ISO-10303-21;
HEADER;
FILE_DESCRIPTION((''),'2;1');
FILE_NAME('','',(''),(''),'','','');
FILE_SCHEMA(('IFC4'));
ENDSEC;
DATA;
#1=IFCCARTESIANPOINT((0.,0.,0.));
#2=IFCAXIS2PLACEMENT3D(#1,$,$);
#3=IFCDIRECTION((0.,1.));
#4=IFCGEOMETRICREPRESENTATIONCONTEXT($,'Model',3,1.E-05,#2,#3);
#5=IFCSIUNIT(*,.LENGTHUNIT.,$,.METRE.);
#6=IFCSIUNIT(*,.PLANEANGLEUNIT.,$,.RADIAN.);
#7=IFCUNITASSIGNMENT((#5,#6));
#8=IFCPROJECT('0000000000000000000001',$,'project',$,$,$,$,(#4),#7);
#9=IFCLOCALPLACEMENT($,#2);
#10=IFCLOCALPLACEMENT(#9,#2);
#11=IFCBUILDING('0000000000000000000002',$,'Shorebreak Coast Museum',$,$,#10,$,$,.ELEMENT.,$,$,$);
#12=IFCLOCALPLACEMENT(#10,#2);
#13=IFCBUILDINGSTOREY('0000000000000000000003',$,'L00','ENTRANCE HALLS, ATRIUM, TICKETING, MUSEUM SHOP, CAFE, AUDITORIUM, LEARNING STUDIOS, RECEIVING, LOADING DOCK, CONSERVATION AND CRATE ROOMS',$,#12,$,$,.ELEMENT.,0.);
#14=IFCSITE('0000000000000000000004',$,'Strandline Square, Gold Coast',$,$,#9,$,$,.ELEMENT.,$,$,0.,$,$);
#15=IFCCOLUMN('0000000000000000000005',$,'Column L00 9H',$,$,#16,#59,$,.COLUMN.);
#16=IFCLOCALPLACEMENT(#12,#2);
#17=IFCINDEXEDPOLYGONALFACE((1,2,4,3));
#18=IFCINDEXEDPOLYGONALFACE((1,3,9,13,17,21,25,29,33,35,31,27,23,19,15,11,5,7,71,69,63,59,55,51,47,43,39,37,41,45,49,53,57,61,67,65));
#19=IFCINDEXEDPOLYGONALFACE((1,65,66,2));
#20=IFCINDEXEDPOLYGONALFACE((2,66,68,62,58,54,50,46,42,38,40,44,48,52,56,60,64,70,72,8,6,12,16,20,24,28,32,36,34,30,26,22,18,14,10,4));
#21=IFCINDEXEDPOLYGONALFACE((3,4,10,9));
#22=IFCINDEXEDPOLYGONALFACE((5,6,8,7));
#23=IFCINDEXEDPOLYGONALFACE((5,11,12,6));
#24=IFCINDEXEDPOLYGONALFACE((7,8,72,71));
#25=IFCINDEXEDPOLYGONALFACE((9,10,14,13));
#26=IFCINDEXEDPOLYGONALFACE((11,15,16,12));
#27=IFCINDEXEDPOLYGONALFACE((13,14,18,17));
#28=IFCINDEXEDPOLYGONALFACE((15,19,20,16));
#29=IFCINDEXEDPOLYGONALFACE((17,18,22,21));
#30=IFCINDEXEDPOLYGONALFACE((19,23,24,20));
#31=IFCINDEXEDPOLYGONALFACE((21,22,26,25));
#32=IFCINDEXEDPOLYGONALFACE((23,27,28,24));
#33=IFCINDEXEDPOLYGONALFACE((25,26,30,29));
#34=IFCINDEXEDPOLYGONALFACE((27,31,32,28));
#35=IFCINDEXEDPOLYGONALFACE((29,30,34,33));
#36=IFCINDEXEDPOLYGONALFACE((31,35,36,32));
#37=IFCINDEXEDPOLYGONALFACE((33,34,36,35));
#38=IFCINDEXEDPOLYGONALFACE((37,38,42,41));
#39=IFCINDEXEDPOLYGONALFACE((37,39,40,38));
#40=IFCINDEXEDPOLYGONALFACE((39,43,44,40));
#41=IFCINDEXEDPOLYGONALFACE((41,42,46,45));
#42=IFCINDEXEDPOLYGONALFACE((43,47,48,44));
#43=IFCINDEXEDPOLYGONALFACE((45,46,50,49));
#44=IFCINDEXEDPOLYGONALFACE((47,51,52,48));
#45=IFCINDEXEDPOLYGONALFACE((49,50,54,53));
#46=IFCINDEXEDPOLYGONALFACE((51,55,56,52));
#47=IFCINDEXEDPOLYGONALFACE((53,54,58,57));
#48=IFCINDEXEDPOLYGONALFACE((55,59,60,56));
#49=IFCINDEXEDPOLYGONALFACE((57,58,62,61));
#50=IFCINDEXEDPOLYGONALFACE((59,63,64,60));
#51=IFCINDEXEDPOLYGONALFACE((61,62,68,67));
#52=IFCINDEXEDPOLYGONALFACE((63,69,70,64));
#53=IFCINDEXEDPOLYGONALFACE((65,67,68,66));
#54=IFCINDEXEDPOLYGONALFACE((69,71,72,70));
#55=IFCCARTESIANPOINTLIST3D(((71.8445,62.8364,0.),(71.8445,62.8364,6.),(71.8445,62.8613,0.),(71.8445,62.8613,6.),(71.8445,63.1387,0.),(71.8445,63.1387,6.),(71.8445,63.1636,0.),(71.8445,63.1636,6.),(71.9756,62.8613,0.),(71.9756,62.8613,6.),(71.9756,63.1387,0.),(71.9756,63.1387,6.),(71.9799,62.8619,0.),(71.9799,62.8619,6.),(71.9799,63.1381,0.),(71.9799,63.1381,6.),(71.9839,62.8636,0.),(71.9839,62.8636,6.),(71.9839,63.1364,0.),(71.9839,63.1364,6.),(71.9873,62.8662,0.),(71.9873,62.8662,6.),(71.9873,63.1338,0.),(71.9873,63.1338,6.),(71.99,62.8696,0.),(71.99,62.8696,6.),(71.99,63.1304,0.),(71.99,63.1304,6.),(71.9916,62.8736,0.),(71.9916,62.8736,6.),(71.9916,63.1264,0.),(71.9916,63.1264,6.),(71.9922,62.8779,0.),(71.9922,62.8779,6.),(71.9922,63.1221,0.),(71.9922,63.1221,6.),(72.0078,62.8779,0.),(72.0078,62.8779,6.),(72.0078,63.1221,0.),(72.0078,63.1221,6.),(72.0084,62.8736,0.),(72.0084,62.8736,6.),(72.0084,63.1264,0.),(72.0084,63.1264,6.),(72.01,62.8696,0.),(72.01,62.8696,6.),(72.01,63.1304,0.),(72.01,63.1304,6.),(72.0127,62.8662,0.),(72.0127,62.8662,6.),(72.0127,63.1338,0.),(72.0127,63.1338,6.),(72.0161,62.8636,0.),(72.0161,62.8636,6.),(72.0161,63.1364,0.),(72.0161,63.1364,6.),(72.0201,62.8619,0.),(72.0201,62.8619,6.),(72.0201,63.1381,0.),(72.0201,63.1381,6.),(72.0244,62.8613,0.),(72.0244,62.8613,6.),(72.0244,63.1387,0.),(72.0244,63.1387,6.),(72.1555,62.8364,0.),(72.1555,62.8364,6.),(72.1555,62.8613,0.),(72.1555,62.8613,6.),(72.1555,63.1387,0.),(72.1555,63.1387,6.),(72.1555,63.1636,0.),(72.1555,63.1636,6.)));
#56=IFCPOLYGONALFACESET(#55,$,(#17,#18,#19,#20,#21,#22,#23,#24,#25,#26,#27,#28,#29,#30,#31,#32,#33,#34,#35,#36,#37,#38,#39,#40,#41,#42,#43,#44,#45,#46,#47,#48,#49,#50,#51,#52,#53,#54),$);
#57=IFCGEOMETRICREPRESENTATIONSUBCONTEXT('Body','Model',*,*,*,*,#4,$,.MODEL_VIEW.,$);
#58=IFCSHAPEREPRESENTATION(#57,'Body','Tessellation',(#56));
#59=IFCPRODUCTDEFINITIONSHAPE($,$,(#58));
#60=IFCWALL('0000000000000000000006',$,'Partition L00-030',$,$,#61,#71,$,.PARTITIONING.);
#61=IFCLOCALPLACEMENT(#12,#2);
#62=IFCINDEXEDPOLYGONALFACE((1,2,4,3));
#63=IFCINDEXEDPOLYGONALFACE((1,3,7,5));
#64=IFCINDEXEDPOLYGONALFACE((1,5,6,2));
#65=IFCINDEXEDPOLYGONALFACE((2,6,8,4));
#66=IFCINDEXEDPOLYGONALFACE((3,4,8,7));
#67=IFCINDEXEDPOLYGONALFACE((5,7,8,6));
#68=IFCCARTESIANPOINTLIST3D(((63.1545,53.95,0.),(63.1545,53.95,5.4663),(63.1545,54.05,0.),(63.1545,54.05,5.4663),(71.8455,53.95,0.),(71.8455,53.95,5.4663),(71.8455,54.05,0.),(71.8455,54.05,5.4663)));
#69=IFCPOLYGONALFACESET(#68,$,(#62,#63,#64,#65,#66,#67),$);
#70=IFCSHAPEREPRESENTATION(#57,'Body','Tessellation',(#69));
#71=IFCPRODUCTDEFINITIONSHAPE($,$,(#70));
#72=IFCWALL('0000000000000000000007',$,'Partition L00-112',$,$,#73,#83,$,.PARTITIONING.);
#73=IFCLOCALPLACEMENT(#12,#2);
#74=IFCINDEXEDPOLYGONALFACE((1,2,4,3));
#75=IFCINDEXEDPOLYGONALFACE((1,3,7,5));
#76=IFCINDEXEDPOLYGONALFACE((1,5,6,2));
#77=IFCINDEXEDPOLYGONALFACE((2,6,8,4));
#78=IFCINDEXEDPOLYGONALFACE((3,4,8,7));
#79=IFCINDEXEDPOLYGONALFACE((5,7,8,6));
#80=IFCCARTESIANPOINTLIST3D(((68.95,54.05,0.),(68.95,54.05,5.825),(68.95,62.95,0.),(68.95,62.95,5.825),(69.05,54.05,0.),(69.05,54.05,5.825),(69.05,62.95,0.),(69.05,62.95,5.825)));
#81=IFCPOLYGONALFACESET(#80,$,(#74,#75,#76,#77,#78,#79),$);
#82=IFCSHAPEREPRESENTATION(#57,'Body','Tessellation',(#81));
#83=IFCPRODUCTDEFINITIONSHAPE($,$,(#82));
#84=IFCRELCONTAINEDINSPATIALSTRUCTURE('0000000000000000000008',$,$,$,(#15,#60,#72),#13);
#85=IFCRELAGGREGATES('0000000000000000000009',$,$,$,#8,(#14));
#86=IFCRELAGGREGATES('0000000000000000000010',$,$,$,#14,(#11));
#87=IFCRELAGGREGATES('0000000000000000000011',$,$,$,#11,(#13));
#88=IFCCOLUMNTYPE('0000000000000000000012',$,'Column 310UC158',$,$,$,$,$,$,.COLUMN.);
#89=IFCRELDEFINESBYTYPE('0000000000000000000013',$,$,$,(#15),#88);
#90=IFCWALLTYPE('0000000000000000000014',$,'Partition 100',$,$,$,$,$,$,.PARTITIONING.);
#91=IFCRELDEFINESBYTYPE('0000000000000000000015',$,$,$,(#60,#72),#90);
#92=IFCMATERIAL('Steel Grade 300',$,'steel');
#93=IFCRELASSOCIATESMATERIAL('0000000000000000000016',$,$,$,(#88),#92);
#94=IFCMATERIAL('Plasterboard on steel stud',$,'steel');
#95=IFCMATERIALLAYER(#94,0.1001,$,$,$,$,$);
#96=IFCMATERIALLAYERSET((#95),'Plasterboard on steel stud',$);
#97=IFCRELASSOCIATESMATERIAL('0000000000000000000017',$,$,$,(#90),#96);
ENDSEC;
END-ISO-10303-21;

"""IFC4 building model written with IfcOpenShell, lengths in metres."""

from ifc_helpers import new_model, si_unit, direction, frame, frame_2d, origin, origin_2d, place, context, subcontext, project, spatial, rectangle, i_section, extrude, material, layer, layer_set, material_profile, profile_set, type_object, element, save


model = new_model("IFC4")

# Units and contexts
model_context = context("Model", 3, precision=1e-05, world=origin(), true_north=direction((0.0, 1.0)))
body_context = subcontext(model_context, "Body", "Model", "MODEL_VIEW")
ifc_project = project(units=[si_unit("LENGTHUNIT", "METRE"), si_unit("PLANEANGLEUNIT", "RADIAN")], contexts=[model_context])

# Site, building, storey
site_placement = place(None, origin())
site = spatial("IfcSite", under=ifc_project, at=site_placement, Name="Strandline Square, Gold Coast", CompositionType="ELEMENT", RefElevation=0.0)
building_placement = place(site_placement, origin())
building = spatial("IfcBuilding", under=site, at=building_placement, Name="Shorebreak Coast Museum", CompositionType="ELEMENT")
storey_placement = place(building_placement, origin())
storey = spatial("IfcBuildingStorey", under=building, at=storey_placement, Name="L00", Description="ENTRANCE HALLS, ATRIUM, TICKETING, MUSEUM SHOP, CAFE, AUDITORIUM, LEARNING STUDIOS, RECEIVING, LOADING DOCK, CONSERVATION AND CRATE ROOMS", CompositionType="ELEMENT", Elevation=0.0)

# Column
ifc_material_1 = material(Name="Steel Grade 300", Category="steel")
ifc_material_profile_1 = material_profile(ifc_material_1, i_section(OverallWidth=0.311, OverallDepth=0.3271, WebThickness=0.0156, FlangeThickness=0.0249, FilletRadius=0.0166, at=origin_2d()), Name="310UC158")
ifc_profile_set_1 = profile_set([ifc_material_profile_1], Name="Steel Grade 300")
column_type_1 = type_object("IfcColumnType", Name="Column 310UC158", PredefinedType="COLUMN", material=ifc_profile_set_1)
for number, where, z_axis, x_axis, name in (
    (1, (72.0, 63.0, 0.0), (0.0, 0.0, 1.0), (1.0, 0.0, 0.0), "Column L00 9H"),
):
    element("IfcColumn", number, at=place(storey_placement, frame(where, z_axis=z_axis, x_axis=x_axis)), inside=storey, type_object=column_type_1, Name=name, PredefinedType="COLUMN", context=body_context, shape_type="SweptSolid", body=[
        extrude(i_section(OverallWidth=0.311, OverallDepth=0.3271, WebThickness=0.0156, FlangeThickness=0.0249, FilletRadius=0.0166, at=origin_2d()), origin(), (0.0, 0.0, 1.0), 6.0),
    ])

# Wall
ifc_material_2 = material(Name="Plasterboard on steel stud", Category="steel")
ifc_layer_1 = layer(ifc_material_2, 0.1001)
ifc_layer_set_1 = layer_set([ifc_layer_1], Name="Plasterboard on steel stud")
wall_type = type_object("IfcWallType", Name="Partition 100", PredefinedType="PARTITIONING", material=ifc_layer_set_1)
wall_1_placement = place(storey_placement, frame((63.1545, 54.0, 0.0), z_axis=(0.0, 0.0, 1.0), x_axis=(1.0, 0.0, 0.0)))
element("IfcWall", 2, at=wall_1_placement, inside=storey, type_object=wall_type, Name="Partition L00-030", PredefinedType="PARTITIONING", context=body_context, shape_type="SweptSolid", body=[
    extrude(rectangle(XDim=8.6909, YDim=0.1001, at=frame_2d((4.3455, 0.0))), origin(), (0.0, 0.0, 1.0), 5.4663),
])

# Wall
wall_2_placement = place(storey_placement, frame((69.0, 54.05, 0.0), z_axis=(0.0, 0.0, 1.0), x_axis=(0.0, 1.0, 0.0)))
element("IfcWall", 3, at=wall_2_placement, inside=storey, type_object=wall_type, Name="Partition L00-112", PredefinedType="PARTITIONING", context=body_context, shape_type="SweptSolid", body=[
    extrude(rectangle(XDim=8.8999, YDim=0.1001, at=frame_2d((4.45, 0.0))), origin(), (0.0, 0.0, 1.0), 5.825),
])

save(model, "model.ifc")
